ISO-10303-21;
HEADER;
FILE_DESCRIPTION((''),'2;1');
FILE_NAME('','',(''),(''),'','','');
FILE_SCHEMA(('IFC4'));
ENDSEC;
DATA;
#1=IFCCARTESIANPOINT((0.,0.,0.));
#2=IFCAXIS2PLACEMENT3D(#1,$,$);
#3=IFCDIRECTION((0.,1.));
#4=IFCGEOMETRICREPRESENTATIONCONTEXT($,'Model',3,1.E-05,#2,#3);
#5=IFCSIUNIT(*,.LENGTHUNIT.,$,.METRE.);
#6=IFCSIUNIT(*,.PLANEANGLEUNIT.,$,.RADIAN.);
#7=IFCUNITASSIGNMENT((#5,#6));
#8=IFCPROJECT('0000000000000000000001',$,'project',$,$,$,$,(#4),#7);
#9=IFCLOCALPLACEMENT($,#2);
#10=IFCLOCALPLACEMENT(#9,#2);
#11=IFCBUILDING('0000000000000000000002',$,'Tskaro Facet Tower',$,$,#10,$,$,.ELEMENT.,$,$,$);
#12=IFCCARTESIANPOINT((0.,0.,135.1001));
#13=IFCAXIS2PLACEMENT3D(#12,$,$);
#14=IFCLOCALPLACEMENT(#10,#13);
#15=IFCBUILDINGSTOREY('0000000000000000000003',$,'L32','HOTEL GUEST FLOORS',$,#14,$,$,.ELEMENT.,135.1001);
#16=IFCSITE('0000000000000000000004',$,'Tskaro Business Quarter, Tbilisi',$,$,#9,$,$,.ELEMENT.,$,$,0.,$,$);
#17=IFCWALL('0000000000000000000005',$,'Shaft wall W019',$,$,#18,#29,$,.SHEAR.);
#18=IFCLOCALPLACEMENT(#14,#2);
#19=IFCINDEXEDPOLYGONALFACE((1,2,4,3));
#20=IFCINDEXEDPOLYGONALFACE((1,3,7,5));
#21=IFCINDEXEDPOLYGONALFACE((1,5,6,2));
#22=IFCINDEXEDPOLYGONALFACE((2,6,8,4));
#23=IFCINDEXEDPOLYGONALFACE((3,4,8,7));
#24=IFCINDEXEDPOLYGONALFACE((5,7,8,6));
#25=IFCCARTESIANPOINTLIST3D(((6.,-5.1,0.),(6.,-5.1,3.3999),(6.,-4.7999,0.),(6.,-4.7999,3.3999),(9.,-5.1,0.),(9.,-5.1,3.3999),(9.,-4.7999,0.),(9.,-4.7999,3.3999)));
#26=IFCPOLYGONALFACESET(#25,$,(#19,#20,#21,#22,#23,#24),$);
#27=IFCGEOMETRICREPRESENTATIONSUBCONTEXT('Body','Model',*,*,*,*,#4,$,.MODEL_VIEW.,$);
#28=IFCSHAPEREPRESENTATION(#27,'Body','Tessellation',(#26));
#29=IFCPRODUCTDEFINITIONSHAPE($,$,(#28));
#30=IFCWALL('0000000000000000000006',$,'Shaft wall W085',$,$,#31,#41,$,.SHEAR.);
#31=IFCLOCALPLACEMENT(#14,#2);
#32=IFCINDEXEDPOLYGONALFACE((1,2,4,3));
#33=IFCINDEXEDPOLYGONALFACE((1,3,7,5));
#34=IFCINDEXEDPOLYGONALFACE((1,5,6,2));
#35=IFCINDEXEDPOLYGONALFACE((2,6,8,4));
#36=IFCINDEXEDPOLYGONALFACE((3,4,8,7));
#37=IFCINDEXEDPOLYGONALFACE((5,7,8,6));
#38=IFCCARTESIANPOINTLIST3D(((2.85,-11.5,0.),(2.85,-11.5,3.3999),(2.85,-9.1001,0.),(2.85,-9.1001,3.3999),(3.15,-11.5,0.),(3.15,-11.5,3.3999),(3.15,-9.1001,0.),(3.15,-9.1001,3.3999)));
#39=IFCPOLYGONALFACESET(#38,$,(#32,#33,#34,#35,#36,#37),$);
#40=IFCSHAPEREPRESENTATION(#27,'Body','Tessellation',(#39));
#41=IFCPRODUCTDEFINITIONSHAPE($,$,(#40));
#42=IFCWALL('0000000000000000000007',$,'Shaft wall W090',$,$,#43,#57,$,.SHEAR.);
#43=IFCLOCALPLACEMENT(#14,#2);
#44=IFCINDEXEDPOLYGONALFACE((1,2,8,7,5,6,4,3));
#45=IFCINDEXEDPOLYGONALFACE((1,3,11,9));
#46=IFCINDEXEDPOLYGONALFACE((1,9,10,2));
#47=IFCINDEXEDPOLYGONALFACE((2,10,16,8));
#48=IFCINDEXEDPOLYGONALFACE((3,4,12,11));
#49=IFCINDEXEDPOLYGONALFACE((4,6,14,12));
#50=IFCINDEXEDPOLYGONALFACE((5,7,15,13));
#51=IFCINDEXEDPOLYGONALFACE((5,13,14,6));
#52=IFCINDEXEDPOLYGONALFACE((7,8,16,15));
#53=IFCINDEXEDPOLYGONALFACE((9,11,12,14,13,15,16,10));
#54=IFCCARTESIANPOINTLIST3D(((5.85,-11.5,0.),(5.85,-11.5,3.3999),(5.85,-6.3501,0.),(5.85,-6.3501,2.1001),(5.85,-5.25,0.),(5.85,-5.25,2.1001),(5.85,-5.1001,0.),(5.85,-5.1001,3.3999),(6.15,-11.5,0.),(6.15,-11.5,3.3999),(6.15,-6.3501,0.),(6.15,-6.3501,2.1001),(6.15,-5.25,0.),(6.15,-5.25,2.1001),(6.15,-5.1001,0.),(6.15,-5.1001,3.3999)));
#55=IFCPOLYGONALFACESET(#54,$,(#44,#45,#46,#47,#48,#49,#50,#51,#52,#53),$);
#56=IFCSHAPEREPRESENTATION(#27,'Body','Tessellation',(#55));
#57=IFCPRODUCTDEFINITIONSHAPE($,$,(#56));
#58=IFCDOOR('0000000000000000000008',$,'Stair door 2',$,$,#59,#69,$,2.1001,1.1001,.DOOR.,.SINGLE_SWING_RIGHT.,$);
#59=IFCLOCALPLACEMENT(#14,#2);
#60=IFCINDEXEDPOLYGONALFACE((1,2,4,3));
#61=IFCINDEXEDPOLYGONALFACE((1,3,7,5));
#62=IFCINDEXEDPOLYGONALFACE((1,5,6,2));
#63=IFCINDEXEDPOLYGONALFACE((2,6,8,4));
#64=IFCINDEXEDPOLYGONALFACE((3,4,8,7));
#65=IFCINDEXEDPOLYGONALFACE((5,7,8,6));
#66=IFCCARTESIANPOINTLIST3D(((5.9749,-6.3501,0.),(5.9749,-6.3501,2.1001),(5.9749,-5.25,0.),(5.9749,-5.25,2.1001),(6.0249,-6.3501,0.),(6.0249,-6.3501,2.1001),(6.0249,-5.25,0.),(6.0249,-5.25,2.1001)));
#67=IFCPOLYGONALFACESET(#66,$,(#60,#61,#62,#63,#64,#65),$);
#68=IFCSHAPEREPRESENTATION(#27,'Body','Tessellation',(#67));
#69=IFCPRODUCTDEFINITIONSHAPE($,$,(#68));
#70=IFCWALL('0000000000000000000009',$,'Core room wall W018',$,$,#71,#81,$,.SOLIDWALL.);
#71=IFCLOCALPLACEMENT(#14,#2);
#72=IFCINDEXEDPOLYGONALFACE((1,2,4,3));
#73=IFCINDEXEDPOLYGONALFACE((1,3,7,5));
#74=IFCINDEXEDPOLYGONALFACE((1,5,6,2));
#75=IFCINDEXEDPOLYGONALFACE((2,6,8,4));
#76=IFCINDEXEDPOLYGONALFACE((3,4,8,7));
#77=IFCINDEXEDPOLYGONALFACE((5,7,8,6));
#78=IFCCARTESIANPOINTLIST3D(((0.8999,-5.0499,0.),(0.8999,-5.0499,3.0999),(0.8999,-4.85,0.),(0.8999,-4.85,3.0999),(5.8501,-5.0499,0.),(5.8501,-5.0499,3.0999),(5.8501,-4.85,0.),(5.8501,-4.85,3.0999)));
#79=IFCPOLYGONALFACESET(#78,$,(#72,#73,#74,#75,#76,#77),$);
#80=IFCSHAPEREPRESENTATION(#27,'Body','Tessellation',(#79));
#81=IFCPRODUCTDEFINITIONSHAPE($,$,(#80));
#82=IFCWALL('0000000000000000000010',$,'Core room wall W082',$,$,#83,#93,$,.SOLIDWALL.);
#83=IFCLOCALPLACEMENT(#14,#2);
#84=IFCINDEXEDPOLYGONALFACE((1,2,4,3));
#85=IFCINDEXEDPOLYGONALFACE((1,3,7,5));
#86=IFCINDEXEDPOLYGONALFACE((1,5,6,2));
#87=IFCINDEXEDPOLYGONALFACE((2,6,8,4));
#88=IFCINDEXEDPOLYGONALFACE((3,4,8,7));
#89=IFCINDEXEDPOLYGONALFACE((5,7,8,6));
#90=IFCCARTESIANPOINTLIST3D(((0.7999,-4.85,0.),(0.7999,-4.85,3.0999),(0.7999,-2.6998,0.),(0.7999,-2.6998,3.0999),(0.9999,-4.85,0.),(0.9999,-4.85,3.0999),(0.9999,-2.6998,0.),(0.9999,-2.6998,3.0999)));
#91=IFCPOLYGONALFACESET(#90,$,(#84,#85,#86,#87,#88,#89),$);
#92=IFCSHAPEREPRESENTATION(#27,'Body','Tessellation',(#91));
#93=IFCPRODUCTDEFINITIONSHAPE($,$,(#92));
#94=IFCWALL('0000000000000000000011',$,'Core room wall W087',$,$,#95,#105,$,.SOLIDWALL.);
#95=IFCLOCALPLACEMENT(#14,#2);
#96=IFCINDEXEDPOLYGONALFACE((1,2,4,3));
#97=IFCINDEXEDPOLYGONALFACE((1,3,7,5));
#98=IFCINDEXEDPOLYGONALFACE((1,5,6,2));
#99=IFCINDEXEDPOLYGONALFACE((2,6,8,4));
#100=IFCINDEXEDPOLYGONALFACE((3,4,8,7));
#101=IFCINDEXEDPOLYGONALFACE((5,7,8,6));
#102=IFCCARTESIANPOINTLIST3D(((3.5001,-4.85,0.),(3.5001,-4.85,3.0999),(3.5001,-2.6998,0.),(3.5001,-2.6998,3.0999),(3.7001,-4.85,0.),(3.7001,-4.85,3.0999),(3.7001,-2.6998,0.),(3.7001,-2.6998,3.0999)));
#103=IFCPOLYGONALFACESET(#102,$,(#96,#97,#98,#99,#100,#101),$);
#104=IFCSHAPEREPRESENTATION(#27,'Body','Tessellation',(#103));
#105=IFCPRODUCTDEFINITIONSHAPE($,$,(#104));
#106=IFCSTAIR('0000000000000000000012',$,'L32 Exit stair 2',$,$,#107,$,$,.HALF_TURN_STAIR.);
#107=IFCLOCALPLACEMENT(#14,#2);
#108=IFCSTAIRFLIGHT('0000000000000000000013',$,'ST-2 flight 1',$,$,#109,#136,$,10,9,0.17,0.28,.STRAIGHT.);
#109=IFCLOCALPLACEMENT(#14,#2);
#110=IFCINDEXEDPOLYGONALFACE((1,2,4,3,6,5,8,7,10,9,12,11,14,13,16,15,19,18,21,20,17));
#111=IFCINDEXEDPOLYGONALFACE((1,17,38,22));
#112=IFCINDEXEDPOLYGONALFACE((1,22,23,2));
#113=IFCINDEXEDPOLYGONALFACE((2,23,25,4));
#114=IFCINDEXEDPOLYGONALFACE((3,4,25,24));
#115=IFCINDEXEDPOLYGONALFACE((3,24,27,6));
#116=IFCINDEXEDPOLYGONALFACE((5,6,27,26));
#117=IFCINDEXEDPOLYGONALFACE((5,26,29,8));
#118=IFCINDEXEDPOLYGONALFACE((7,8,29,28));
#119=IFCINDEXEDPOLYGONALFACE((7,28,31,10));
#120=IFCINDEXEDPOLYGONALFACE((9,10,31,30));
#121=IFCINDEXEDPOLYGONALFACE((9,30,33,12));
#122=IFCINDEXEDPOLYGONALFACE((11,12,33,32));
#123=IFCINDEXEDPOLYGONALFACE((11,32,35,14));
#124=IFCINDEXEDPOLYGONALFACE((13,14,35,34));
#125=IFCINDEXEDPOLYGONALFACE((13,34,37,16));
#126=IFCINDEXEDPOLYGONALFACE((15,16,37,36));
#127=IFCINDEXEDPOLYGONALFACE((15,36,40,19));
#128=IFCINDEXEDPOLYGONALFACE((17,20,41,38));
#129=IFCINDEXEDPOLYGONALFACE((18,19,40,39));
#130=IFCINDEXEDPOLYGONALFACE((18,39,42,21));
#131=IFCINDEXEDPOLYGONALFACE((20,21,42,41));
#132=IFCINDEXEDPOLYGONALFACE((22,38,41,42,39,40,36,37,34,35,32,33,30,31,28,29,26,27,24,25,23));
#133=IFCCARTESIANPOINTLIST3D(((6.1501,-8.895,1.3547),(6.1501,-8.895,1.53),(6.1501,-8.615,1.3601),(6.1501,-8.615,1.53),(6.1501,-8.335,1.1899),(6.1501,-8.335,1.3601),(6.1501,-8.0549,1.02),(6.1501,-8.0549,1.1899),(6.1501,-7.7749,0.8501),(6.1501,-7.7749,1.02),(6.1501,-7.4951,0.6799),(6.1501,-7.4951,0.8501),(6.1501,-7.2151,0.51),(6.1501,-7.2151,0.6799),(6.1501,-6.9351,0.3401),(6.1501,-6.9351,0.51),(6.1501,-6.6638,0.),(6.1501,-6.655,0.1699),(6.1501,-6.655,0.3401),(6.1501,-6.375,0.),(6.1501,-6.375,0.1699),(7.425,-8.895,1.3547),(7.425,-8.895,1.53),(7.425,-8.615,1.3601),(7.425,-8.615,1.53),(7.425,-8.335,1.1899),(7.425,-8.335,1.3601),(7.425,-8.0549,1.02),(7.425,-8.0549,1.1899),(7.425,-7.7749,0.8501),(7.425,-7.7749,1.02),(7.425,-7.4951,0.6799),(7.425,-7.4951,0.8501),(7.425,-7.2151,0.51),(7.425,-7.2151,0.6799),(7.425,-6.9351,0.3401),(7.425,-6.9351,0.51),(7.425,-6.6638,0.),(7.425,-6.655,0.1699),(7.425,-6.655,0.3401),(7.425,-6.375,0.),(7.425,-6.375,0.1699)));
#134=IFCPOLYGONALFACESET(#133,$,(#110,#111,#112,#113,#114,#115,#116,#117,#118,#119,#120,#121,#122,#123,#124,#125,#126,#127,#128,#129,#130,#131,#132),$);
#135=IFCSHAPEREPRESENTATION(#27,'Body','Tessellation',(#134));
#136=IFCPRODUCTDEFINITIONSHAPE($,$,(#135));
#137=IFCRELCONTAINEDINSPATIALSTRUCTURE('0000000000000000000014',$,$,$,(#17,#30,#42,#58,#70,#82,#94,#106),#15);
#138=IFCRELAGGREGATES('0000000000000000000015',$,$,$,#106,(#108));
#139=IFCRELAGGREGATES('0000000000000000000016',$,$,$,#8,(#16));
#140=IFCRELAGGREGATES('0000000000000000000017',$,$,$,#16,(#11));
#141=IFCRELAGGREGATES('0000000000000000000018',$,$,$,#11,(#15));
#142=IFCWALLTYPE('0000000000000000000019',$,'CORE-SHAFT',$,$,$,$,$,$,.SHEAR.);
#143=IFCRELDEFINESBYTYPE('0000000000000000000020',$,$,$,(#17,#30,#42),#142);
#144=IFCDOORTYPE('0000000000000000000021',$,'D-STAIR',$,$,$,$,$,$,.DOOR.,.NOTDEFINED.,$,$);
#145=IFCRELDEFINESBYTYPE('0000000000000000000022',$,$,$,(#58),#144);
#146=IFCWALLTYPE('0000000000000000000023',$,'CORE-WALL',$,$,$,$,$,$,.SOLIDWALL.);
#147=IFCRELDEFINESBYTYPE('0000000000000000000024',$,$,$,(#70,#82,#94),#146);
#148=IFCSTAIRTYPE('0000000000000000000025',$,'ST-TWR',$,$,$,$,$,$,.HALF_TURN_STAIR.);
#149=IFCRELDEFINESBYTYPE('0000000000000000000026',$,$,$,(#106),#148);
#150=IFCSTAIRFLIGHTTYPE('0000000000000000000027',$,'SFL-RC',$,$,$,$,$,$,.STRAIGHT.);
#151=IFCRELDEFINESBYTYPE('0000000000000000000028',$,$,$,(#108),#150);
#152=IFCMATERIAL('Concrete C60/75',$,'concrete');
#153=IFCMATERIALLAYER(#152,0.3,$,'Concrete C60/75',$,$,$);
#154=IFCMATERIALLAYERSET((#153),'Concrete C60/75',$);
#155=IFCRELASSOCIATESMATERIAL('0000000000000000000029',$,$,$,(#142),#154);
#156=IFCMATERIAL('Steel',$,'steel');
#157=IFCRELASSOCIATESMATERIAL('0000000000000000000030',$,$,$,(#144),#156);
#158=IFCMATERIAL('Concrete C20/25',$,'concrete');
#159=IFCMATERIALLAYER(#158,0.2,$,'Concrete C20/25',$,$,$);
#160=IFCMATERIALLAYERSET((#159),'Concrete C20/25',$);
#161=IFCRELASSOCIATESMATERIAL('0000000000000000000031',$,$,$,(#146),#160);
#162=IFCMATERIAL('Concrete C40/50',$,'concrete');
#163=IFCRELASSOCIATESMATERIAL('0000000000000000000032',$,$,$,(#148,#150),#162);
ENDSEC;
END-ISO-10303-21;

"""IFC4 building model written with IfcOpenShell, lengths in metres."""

from ifc_helpers import new_model, si_unit, direction, frame, frame_2d, origin, place, context, subcontext, project, spatial, polyline, rectangle, outline, extrude, material, layer, layer_set, type_object, element, fill, aggregate, save


model = new_model("IFC4")

# Units and contexts
model_context = context("Model", 3, precision=1e-05, world=origin(), true_north=direction((0.0, 1.0)))
body_context = subcontext(model_context, "Body", "Model", "MODEL_VIEW")
ifc_project = project(units=[si_unit("LENGTHUNIT", "METRE"), si_unit("PLANEANGLEUNIT", "RADIAN")], contexts=[model_context])

# Site, building, storey
site_placement = place(None, origin())
site = spatial("IfcSite", under=ifc_project, at=site_placement, Name="Tskaro Business Quarter, Tbilisi", CompositionType="ELEMENT", RefElevation=0.0)
building_placement = place(site_placement, origin())
building = spatial("IfcBuilding", under=site, at=building_placement, Name="Tskaro Facet Tower", CompositionType="ELEMENT")
storey_placement = place(building_placement, frame((0.0, 0.0, 135.1001)))
storey = spatial("IfcBuildingStorey", under=building, at=storey_placement, Name="L32", Description="HOTEL GUEST FLOORS", CompositionType="ELEMENT", Elevation=135.1001)

# Walls
ifc_material_1 = material(Name="Concrete C60/75", Category="concrete")
ifc_layer_1 = layer(ifc_material_1, 0.3, Name="Concrete C60/75")
ifc_layer_set_1 = layer_set([ifc_layer_1], Name="Concrete C60/75")
wall_type_1 = type_object("IfcWallType", Name="CORE-SHAFT", PredefinedType="SHEAR", material=ifc_layer_set_1)
wall_1_placement = place(storey_placement, frame((6.0, -4.95, 0.0), z_axis=(0.0, 0.0, 1.0), x_axis=(1.0, 0.0, 0.0)))
element("IfcWall", 1, at=wall_1_placement, inside=storey, type_object=wall_type_1, Name="Shaft wall W019", PredefinedType="SHEAR", context=body_context, shape_type="SweptSolid", body=[
    extrude(rectangle(XDim=3.0, YDim=0.3, at=frame_2d((1.5, 0.0))), origin(), (0.0, 0.0, 1.0), 3.3999),
])
wall_2_placement = place(storey_placement, frame((3.0, -11.5, 0.0), z_axis=(0.0, 0.0, 1.0), x_axis=(0.0, 1.0, 0.0)))
element("IfcWall", 2, at=wall_2_placement, inside=storey, type_object=wall_type_1, Name="Shaft wall W085", PredefinedType="SHEAR", context=body_context, shape_type="SweptSolid", body=[
    extrude(rectangle(XDim=2.3999, YDim=0.3, at=frame_2d((1.2, 0.0))), origin(), (0.0, 0.0, 1.0), 3.3999),
])

# Wall, opening, door
wall_3_placement = place(storey_placement, frame((6.0, -5.1001, 0.0), z_axis=(0.0, 0.0, 1.0), x_axis=(0.0, -1.0, 0.0)))
wall_3 = element("IfcWall", 3, at=wall_3_placement, inside=storey, type_object=wall_type_1, Name="Shaft wall W090", PredefinedType="SHEAR", context=body_context, shape_type="SweptSolid", body=[
    extrude(rectangle(XDim=6.3999, YDim=0.3, at=frame_2d((3.2, 0.0))), origin(), (0.0, 0.0, 1.0), 3.3999),
])
opening_placement = place(wall_3_placement, frame((0.1499, 0.0, 0.0)))
opening = element("IfcOpeningElement", 4, at=opening_placement, cuts=wall_3, PredefinedType="OPENING", context=body_context, shape_type="SweptSolid", body=[
    extrude(rectangle(XDim=1.1001, YDim=2.1001, at=frame_2d((0.55, 1.05))), frame((0.0, 0.1599, 0.0), z_axis=(0.0, -1.0, 0.0), x_axis=(1.0, 0.0, 0.0)), (0.0, 0.0, 1.0), 0.3201),
])
ifc_material_2 = material(Name="Steel", Category="steel")
door_type = type_object("IfcDoorType", Name="D-STAIR", OperationType="NOTDEFINED", PredefinedType="DOOR", material=ifc_material_2)
door_placement = place(opening_placement, origin())
door = element("IfcDoor", 5, at=door_placement, inside=storey, type_object=door_type, Name="Stair door 2", OperationType="SINGLE_SWING_RIGHT", OverallHeight=2.1001, OverallWidth=1.1001, PredefinedType="DOOR", context=body_context, shape_type="SweptSolid", body=[
    extrude(rectangle(XDim=1.1001, YDim=2.1001, at=frame_2d((0.55, 1.05))), frame((0.0, 0.0249, 0.0), z_axis=(0.0, -1.0, 0.0), x_axis=(1.0, 0.0, 0.0)), (0.0, 0.0, 1.0), 0.05),
])
fill(opening, door)

# Walls
ifc_material_3 = material(Name="Concrete C20/25", Category="concrete")
ifc_layer_2 = layer(ifc_material_3, 0.2, Name="Concrete C20/25")
ifc_layer_set_2 = layer_set([ifc_layer_2], Name="Concrete C20/25")
wall_type_2 = type_object("IfcWallType", Name="CORE-WALL", PredefinedType="SOLIDWALL", material=ifc_layer_set_2)
wall_4_placement = place(storey_placement, frame((0.8999, -4.95, 0.0), z_axis=(0.0, 0.0, 1.0), x_axis=(1.0, 0.0, 0.0)))
element("IfcWall", 6, at=wall_4_placement, inside=storey, type_object=wall_type_2, Name="Core room wall W018", PredefinedType="SOLIDWALL", context=body_context, shape_type="SweptSolid", body=[
    extrude(rectangle(XDim=4.9502, YDim=0.2, at=frame_2d((2.4751, 0.0))), origin(), (0.0, 0.0, 1.0), 3.0999),
])
for number, where, z_axis, x_axis, name in (
    (7, (0.8999, -4.8501, 0.0), (0.0, 0.0, 1.0), (0.0, 1.0, 0.0), "Core room wall W082"),
    (8, (3.6001, -4.8501, 0.0), (0.0, 0.0, 1.0), (0.0, 1.0, 0.0), "Core room wall W087"),
):
    element("IfcWall", number, at=place(storey_placement, frame(where, z_axis=z_axis, x_axis=x_axis)), inside=storey, type_object=wall_type_2, Name=name, PredefinedType="SOLIDWALL", context=body_context, shape_type="SweptSolid", body=[
        extrude(rectangle(XDim=2.1501, YDim=0.2, at=frame_2d((1.0752, 0.0))), origin(), (0.0, 0.0, 1.0), 3.0999),
    ])

# Stair, stair flight
ifc_material_4 = material(Name="Concrete C40/50", Category="concrete")
stair_type = type_object("IfcStairType", Name="ST-TWR", PredefinedType="HALF_TURN_STAIR", material=ifc_material_4)
stair_placement = place(storey_placement, origin())
stair = element("IfcStair", 9, at=stair_placement, inside=storey, type_object=stair_type, Name="L32 Exit stair 2", PredefinedType="HALF_TURN_STAIR")
stair_flight_type = type_object("IfcStairFlightType", Name="SFL-RC", PredefinedType="STRAIGHT", material=ifc_material_4)
stair_flight_placement = place(storey_placement, frame((6.7876, -6.375, 0.0), z_axis=(0.0, 0.0, 1.0), x_axis=(0.0, -1.0, 0.0)))
stair_flight = element("IfcStairFlight", 10, at=stair_flight_placement, type_object=stair_flight_type, Name="ST-2 flight 1", NumberOfRisers=10, NumberOfTreads=9, PredefinedType="STRAIGHT", RiserHeight=0.17, TreadLength=0.28, context=body_context, shape_type="SweptSolid", body=[
    extrude(outline(polyline([(0.0, 0.0), (0.0, 0.1699), (0.28, 0.1699), (0.28, 0.3401), (0.5601, 0.3401), (0.5601, 0.51), (0.8401, 0.51), (0.8401, 0.6799), (1.1201, 0.6799), (1.1201, 0.8501), (1.3999, 0.8501), (1.3999, 1.02), (1.6799, 1.02), (1.6799, 1.1899), (1.96, 1.1899), (1.96, 1.3601), (2.24, 1.3601), (2.24, 1.53), (2.52, 1.53), (2.52, 1.7), (2.52, 1.3547), (0.2888, 0.0), (0.0, 0.0)])), frame((0.0, 0.6375, 0.0), z_axis=(0.0, -1.0, 0.0), x_axis=(1.0, 0.0, 0.0)), (0.0, 0.0, 1.0), 1.2749),
])
aggregate(stair, [stair_flight])

save(model, "model.ifc")
